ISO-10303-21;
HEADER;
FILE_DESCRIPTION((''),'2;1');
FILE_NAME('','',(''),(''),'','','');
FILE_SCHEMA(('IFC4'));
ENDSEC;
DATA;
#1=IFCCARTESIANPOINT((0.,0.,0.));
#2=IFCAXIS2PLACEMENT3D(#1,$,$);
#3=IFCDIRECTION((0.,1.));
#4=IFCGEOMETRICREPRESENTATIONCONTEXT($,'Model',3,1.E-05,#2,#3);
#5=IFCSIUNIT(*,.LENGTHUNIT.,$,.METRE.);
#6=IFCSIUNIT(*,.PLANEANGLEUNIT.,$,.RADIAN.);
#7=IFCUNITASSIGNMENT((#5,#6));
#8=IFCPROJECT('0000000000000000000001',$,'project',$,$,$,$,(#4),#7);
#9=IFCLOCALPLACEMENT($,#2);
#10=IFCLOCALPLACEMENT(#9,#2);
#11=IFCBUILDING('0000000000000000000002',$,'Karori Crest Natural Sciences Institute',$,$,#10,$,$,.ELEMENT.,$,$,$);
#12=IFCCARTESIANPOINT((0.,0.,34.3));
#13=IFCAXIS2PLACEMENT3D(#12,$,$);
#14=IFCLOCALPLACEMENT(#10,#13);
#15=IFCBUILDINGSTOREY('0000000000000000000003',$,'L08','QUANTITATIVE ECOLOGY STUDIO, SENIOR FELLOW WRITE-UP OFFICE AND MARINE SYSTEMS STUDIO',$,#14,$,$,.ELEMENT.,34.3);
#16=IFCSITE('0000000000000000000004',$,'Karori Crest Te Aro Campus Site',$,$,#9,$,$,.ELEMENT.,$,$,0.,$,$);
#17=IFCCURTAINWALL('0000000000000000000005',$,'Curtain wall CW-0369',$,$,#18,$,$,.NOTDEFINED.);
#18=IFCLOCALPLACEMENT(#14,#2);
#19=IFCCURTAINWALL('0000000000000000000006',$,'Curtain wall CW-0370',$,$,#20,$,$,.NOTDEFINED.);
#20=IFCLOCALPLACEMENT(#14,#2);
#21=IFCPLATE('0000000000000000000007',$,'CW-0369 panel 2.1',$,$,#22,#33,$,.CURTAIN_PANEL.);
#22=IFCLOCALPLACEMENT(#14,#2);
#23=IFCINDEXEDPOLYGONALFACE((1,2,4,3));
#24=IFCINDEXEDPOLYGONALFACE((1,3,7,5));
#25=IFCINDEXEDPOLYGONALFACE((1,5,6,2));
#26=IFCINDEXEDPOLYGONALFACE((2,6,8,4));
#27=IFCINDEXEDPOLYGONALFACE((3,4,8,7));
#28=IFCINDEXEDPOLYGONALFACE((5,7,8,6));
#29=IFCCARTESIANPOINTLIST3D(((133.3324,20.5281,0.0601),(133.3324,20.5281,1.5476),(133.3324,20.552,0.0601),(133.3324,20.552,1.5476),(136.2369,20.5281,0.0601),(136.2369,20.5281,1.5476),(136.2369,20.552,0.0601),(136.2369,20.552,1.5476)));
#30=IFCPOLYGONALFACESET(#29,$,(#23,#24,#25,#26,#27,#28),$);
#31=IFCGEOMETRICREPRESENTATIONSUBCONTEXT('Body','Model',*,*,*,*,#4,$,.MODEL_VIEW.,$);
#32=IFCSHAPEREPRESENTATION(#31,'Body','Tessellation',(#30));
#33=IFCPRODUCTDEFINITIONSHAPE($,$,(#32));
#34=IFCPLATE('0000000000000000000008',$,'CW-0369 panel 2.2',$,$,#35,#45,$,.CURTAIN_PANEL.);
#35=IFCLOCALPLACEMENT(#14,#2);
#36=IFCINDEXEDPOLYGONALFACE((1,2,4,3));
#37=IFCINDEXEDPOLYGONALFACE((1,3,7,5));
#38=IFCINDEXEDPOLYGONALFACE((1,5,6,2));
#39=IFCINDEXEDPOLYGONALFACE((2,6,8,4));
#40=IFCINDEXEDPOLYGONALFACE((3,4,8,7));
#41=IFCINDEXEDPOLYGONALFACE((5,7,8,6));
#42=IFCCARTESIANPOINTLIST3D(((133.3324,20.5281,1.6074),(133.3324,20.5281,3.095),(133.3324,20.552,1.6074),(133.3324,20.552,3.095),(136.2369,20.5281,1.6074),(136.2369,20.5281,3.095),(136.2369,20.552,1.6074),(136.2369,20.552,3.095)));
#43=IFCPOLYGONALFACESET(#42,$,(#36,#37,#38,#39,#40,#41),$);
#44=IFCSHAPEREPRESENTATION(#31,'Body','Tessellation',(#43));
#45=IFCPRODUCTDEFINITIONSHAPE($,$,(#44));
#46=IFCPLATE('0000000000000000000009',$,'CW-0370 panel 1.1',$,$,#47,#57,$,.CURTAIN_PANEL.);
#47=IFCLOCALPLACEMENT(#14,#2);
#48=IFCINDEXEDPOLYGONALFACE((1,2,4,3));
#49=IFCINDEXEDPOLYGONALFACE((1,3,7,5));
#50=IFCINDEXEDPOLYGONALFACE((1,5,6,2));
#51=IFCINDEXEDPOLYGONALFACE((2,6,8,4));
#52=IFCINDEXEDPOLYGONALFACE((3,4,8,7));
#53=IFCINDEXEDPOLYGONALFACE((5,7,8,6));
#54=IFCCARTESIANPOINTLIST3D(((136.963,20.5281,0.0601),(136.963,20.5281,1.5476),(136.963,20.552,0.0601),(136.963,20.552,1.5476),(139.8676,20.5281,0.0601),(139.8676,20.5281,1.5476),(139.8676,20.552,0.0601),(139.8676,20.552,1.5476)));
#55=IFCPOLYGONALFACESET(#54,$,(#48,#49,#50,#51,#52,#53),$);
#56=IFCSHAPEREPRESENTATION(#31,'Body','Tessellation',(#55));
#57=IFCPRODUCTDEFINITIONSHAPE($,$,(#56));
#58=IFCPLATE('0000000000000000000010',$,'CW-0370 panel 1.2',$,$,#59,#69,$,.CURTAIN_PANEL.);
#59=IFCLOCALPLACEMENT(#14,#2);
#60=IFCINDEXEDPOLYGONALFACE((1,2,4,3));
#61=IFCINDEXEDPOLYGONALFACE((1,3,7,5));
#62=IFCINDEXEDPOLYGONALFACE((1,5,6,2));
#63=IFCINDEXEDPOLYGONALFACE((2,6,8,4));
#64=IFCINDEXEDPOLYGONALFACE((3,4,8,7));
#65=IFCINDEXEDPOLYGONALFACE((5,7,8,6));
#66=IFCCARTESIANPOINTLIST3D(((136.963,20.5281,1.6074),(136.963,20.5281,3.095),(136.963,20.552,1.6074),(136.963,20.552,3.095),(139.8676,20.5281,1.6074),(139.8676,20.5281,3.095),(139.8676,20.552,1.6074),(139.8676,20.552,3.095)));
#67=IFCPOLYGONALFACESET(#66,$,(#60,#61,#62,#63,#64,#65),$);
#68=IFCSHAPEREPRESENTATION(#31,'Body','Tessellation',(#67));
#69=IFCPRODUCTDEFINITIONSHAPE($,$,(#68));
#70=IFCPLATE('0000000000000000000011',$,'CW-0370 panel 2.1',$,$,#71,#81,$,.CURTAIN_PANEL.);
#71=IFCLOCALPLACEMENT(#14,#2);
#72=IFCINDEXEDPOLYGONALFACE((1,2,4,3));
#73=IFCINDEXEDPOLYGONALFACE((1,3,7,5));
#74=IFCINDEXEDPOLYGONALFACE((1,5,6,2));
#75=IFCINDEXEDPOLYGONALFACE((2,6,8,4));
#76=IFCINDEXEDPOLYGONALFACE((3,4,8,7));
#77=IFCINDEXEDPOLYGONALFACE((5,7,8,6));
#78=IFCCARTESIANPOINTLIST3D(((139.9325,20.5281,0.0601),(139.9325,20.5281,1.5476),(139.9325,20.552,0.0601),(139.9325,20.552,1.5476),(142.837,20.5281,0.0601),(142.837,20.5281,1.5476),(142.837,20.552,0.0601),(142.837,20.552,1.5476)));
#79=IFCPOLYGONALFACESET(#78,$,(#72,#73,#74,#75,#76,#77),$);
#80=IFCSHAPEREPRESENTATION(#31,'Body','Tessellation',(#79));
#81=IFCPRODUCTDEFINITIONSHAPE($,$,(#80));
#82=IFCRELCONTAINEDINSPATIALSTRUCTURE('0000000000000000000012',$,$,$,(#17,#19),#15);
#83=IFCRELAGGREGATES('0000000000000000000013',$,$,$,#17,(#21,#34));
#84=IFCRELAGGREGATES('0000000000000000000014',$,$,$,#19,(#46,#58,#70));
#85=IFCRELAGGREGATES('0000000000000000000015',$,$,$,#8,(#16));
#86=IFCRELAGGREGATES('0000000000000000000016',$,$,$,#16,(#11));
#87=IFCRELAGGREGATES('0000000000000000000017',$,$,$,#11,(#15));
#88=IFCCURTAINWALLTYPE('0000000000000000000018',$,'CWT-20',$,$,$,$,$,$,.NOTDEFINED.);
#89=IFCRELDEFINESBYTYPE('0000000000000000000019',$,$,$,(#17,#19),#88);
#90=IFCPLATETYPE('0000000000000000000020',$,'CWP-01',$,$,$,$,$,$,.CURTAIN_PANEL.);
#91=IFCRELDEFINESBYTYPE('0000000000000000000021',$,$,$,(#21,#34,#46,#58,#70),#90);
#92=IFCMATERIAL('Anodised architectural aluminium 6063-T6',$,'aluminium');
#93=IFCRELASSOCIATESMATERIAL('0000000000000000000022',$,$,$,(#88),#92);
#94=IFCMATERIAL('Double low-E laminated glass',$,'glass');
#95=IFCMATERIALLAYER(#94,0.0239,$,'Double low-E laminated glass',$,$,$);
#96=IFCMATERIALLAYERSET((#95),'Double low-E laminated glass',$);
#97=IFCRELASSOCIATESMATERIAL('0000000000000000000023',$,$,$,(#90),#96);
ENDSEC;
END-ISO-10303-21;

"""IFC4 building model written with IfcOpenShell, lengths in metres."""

from ifc_helpers import new_model, si_unit, direction, frame, origin, origin_2d, place, context, subcontext, project, spatial, rectangle, extrude, material, layer, layer_set, type_object, element, aggregate, save


model = new_model("IFC4")

# Units and contexts
model_context = context("Model", 3, precision=1e-05, world=origin(), true_north=direction((0.0, 1.0)))
body_context = subcontext(model_context, "Body", "Model", "MODEL_VIEW")
ifc_project = project(units=[si_unit("LENGTHUNIT", "METRE"), si_unit("PLANEANGLEUNIT", "RADIAN")], contexts=[model_context])

# Site, building, storey
site_placement = place(None, origin())
site = spatial("IfcSite", under=ifc_project, at=site_placement, Name="Karori Crest Te Aro Campus Site", CompositionType="ELEMENT", RefElevation=0.0)
building_placement = place(site_placement, origin())
building = spatial("IfcBuilding", under=site, at=building_placement, Name="Karori Crest Natural Sciences Institute", CompositionType="ELEMENT")
storey_placement = place(building_placement, frame((0.0, 0.0, 34.3)))
storey = spatial("IfcBuildingStorey", under=building, at=storey_placement, Name="L08", Description="QUANTITATIVE ECOLOGY STUDIO, SENIOR FELLOW WRITE-UP OFFICE AND MARINE SYSTEMS STUDIO", CompositionType="ELEMENT", Elevation=34.3)

# Curtain walls
ifc_material_1 = material(Name="Anodised architectural aluminium 6063-T6", Category="aluminium")
curtain_wall_type = type_object("IfcCurtainWallType", Name="CWT-20", PredefinedType="NOTDEFINED", material=ifc_material_1)
curtain_wall_1_placement = place(storey_placement, origin())
curtain_wall_1 = element("IfcCurtainWall", 1, at=curtain_wall_1_placement, inside=storey, type_object=curtain_wall_type, Name="Curtain wall CW-0369", PredefinedType="NOTDEFINED")
curtain_wall_2_placement = place(storey_placement, origin())
curtain_wall_2 = element("IfcCurtainWall", 2, at=curtain_wall_2_placement, inside=storey, type_object=curtain_wall_type, Name="Curtain wall CW-0370", PredefinedType="NOTDEFINED")

# Plates
ifc_material_2 = material(Name="Double low-E laminated glass", Category="glass")
ifc_layer = layer(ifc_material_2, 0.0239, Name="Double low-E laminated glass")
ifc_layer_set = layer_set([ifc_layer], Name="Double low-E laminated glass")
plate_type = type_object("IfcPlateType", Name="CWP-01", PredefinedType="CURTAIN_PANEL", material=ifc_layer_set)
plate_1_placement = place(storey_placement, frame((134.7847, 20.54, 0.0601), z_axis=(0.0, 0.0, 1.0), x_axis=(1.0, 0.0, 0.0)))
plate_1 = element("IfcPlate", 3, at=plate_1_placement, type_object=plate_type, Name="CW-0369 panel 2.1", PredefinedType="CURTAIN_PANEL", context=body_context, shape_type="SweptSolid", body=[
    extrude(rectangle(XDim=2.9045, YDim=0.0239, at=origin_2d()), origin(), (0.0, 0.0, 1.0), 1.4875),
])
plate_2_placement = place(storey_placement, frame((134.7847, 20.54, 1.6074), z_axis=(0.0, 0.0, 1.0), x_axis=(1.0, 0.0, 0.0)))
plate_2 = element("IfcPlate", 4, at=plate_2_placement, type_object=plate_type, Name="CW-0369 panel 2.2", PredefinedType="CURTAIN_PANEL", context=body_context, shape_type="SweptSolid", body=[
    extrude(rectangle(XDim=2.9045, YDim=0.0239, at=origin_2d()), origin(), (0.0, 0.0, 1.0), 1.4875),
])
aggregate(curtain_wall_1, [plate_1, plate_2])
plate_3_placement = place(storey_placement, frame((138.4153, 20.54, 0.0601), z_axis=(0.0, 0.0, 1.0), x_axis=(1.0, 0.0, 0.0)))
plate_3 = element("IfcPlate", 5, at=plate_3_placement, type_object=plate_type, Name="CW-0370 panel 1.1", PredefinedType="CURTAIN_PANEL", context=body_context, shape_type="SweptSolid", body=[
    extrude(rectangle(XDim=2.9045, YDim=0.0239, at=origin_2d()), origin(), (0.0, 0.0, 1.0), 1.4875),
])
plate_4_placement = place(storey_placement, frame((138.4153, 20.54, 1.6074), z_axis=(0.0, 0.0, 1.0), x_axis=(1.0, 0.0, 0.0)))
plate_4 = element("IfcPlate", 6, at=plate_4_placement, type_object=plate_type, Name="CW-0370 panel 1.2", PredefinedType="CURTAIN_PANEL", context=body_context, shape_type="SweptSolid", body=[
    extrude(rectangle(XDim=2.9045, YDim=0.0239, at=origin_2d()), origin(), (0.0, 0.0, 1.0), 1.4875),
])
plate_5_placement = place(storey_placement, frame((141.3848, 20.54, 0.0601), z_axis=(0.0, 0.0, 1.0), x_axis=(1.0, 0.0, 0.0)))
plate_5 = element("IfcPlate", 7, at=plate_5_placement, type_object=plate_type, Name="CW-0370 panel 2.1", PredefinedType="CURTAIN_PANEL", context=body_context, shape_type="SweptSolid", body=[
    extrude(rectangle(XDim=2.9045, YDim=0.0239, at=origin_2d()), origin(), (0.0, 0.0, 1.0), 1.4875),
])
aggregate(curtain_wall_2, [plate_3, plate_4, plate_5])

save(model, "model.ifc")
